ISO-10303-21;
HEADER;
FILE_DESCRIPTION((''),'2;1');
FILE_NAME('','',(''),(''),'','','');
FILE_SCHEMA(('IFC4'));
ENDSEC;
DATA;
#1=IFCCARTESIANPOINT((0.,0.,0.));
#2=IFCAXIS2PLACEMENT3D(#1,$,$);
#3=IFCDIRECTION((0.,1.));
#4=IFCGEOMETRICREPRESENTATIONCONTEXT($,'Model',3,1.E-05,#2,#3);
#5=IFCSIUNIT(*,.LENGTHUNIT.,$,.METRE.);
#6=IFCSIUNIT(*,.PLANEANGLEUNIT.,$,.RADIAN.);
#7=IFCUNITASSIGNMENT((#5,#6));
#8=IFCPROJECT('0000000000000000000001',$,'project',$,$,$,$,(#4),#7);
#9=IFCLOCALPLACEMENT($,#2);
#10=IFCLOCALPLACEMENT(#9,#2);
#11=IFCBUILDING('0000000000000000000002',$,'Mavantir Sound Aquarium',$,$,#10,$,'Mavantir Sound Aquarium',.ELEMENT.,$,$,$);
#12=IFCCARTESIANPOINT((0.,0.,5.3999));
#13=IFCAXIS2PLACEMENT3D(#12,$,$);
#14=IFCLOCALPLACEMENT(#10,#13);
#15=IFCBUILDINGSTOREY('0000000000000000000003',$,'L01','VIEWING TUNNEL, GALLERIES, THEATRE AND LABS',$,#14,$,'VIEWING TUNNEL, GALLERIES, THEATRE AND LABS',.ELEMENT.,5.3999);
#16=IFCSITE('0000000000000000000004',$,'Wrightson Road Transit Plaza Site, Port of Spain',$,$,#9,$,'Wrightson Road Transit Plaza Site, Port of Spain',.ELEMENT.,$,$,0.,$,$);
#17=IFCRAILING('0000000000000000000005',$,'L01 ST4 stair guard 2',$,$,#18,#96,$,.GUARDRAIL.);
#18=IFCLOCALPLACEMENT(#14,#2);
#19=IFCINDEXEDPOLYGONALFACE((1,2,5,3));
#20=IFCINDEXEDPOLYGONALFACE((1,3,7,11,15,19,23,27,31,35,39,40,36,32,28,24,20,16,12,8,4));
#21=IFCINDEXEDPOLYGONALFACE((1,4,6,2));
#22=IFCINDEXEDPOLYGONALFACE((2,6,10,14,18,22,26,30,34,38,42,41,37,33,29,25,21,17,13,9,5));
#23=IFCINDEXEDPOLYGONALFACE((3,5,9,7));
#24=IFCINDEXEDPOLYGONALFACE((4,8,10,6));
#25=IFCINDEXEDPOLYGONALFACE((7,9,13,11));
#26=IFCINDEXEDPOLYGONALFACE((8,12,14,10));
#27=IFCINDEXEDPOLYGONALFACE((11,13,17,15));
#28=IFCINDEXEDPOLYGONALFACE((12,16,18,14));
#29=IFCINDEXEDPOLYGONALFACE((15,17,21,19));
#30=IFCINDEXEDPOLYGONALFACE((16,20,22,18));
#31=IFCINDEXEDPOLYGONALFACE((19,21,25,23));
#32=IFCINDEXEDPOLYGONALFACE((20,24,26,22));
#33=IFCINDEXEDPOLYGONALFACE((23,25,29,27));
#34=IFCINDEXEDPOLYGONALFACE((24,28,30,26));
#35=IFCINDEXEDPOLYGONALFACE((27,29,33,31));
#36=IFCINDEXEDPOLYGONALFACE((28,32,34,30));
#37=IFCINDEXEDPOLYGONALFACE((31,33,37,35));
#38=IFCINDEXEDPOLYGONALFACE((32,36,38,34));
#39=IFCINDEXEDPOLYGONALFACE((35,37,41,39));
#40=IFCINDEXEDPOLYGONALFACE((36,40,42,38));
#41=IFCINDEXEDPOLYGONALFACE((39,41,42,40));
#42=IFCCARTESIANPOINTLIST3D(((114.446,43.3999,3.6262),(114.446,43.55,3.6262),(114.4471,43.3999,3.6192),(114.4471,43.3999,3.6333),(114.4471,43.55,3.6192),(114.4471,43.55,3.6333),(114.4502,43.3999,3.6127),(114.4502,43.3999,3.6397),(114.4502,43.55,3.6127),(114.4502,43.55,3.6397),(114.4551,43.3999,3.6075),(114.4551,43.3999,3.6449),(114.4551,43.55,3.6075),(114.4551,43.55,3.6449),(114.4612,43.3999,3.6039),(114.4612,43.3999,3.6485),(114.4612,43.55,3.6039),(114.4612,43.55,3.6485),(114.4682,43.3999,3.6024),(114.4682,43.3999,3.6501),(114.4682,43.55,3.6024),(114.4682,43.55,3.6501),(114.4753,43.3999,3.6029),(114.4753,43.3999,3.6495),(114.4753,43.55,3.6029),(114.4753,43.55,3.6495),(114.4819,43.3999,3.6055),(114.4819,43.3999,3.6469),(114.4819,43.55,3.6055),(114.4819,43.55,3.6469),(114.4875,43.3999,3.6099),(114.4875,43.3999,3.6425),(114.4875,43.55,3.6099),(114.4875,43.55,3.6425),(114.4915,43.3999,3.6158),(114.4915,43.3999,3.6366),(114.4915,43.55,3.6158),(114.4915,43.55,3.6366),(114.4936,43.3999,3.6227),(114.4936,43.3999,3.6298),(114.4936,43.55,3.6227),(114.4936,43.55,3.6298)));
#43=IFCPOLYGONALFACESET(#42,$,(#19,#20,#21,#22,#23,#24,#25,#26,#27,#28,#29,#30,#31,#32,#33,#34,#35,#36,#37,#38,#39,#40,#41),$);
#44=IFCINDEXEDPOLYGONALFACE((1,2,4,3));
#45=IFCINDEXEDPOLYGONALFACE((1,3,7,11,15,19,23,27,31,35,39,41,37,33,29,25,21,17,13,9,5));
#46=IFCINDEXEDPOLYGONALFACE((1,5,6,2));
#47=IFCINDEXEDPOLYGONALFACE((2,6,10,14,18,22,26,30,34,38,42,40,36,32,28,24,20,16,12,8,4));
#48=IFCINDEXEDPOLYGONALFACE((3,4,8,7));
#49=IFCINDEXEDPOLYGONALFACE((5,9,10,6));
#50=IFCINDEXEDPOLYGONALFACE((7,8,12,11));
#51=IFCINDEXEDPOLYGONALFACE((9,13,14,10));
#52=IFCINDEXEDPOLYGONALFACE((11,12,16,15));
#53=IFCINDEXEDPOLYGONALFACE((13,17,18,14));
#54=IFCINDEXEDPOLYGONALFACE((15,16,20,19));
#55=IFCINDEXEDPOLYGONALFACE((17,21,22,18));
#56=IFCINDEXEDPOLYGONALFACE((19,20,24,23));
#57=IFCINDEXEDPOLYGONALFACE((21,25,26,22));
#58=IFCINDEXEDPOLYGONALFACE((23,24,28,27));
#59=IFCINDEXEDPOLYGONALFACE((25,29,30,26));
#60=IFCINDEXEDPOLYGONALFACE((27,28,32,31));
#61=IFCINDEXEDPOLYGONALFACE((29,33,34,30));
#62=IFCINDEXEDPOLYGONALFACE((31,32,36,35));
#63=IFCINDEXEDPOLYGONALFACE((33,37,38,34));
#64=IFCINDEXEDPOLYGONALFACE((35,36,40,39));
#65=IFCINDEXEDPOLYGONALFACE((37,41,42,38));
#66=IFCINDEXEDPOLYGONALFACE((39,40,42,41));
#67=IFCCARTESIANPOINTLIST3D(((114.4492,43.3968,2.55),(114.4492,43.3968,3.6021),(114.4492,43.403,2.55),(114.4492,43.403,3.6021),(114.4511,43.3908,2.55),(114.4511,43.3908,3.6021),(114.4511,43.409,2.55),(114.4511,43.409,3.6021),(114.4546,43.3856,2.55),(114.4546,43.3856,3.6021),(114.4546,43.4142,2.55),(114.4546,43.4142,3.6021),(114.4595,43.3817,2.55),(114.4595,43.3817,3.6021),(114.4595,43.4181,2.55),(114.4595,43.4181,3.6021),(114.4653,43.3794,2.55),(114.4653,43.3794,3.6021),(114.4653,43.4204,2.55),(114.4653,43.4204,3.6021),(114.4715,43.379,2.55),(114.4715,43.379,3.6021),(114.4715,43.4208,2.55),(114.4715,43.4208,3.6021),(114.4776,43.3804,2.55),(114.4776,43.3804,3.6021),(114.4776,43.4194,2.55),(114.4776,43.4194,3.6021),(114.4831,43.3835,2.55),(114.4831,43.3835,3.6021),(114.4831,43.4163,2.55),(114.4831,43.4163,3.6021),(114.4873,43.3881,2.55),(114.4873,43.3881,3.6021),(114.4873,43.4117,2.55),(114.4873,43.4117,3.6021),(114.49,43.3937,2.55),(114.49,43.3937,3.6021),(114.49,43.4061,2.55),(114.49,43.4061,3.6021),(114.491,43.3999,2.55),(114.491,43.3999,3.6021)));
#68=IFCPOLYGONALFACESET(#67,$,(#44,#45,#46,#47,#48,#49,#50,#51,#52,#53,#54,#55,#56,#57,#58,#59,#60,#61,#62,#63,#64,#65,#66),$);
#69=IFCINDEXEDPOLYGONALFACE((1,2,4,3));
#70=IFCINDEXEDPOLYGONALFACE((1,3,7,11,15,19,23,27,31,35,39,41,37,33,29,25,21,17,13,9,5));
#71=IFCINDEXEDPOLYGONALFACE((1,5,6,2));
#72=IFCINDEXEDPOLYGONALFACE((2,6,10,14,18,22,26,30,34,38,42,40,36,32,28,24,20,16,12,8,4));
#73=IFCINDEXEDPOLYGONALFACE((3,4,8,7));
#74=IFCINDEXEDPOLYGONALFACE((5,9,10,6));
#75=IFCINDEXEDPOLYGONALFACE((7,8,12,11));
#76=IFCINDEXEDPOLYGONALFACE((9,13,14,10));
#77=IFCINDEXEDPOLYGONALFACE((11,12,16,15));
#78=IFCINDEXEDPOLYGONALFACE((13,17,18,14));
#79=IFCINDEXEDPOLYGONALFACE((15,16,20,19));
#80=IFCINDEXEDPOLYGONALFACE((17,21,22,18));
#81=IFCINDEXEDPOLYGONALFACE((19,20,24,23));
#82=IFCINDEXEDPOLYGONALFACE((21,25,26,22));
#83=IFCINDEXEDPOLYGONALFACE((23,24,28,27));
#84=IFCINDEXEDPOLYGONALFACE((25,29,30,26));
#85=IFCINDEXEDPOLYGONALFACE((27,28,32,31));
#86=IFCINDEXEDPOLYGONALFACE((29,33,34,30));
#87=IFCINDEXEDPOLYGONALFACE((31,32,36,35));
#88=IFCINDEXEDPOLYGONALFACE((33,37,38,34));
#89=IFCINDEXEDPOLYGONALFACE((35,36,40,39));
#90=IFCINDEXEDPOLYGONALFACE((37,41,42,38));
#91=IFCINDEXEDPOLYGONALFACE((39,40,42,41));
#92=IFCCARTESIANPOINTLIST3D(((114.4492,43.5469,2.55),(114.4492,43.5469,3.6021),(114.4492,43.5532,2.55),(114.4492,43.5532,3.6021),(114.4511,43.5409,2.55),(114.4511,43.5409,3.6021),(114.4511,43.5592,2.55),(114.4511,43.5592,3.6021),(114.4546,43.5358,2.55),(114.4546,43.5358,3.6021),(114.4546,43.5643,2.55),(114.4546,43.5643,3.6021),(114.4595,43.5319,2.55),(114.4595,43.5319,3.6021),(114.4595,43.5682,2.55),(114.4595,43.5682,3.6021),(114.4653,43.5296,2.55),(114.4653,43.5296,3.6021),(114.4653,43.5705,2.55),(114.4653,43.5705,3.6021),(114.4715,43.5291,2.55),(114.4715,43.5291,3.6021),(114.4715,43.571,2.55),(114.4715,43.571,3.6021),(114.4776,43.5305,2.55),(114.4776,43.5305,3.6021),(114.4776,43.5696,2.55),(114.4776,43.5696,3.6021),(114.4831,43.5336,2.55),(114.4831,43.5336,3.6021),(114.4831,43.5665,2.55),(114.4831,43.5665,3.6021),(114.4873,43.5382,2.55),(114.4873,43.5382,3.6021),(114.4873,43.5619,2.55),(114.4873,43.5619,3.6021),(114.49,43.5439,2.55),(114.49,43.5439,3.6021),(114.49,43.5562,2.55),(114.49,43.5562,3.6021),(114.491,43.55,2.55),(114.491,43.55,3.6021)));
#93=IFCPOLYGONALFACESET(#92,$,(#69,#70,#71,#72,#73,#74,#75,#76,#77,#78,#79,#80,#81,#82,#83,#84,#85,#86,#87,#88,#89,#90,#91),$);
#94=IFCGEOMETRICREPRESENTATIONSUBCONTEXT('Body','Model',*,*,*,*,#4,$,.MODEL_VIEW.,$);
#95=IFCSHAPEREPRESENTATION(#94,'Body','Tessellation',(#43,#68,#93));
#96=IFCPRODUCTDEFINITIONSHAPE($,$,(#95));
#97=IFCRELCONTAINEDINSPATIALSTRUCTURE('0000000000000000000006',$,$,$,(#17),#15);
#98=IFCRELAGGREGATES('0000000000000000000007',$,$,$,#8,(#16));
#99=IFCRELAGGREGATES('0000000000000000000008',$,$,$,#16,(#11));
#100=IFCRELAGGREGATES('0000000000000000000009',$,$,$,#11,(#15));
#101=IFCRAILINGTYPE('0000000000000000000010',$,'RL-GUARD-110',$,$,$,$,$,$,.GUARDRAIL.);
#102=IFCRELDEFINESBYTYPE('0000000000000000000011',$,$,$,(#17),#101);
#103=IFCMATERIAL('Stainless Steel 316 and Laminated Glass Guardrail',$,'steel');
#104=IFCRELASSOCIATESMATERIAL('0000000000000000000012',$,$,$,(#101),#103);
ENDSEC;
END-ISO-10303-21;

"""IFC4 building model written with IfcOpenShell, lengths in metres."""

from ifc_helpers import new_model, si_unit, direction, frame, origin, origin_2d, place, context, subcontext, project, spatial, circle, extrude, material, type_object, element, save


model = new_model("IFC4")

# Units and contexts
model_context = context("Model", 3, precision=1e-05, world=origin(), true_north=direction((0.0, 1.0)))
body_context = subcontext(model_context, "Body", "Model", "MODEL_VIEW")
ifc_project = project(units=[si_unit("LENGTHUNIT", "METRE"), si_unit("PLANEANGLEUNIT", "RADIAN")], contexts=[model_context])

# Site, building, storey
site_placement = place(None, origin())
site = spatial("IfcSite", under=ifc_project, at=site_placement, Name="Wrightson Road Transit Plaza Site, Port of Spain", LongName="Wrightson Road Transit Plaza Site, Port of Spain", CompositionType="ELEMENT", RefElevation=0.0)
building_placement = place(site_placement, origin())
building = spatial("IfcBuilding", under=site, at=building_placement, Name="Mavantir Sound Aquarium", LongName="Mavantir Sound Aquarium", CompositionType="ELEMENT")
storey_placement = place(building_placement, frame((0.0, 0.0, 5.3999)))
storey = spatial("IfcBuildingStorey", under=building, at=storey_placement, Name="L01", Description="VIEWING TUNNEL, GALLERIES, THEATRE AND LABS", LongName="VIEWING TUNNEL, GALLERIES, THEATRE AND LABS", CompositionType="ELEMENT", Elevation=5.3999)

# Railing
ifc_material_1 = material(Name="Stainless Steel 316 and Laminated Glass Guardrail", Category="steel")
railing_type_1 = type_object("IfcRailingType", Name="RL-GUARD-110", PredefinedType="GUARDRAIL", material=ifc_material_1)
railing_1_placement = place(storey_placement, frame((114.47, 43.3999, 2.55)))
element("IfcRailing", 1, at=railing_1_placement, inside=storey, type_object=railing_type_1, Name="L01 ST4 stair guard 2", PredefinedType="GUARDRAIL", context=body_context, shape_type="SweptSolid", body=[
    extrude(circle(Radius=0.0239, at=origin_2d()), frame((0.0, 0.0, 1.0762), z_axis=(0.0, 1.0, 0.0), x_axis=(-1.0, 0.0, 0.0)), (0.0, 0.0, 1.0), 0.1501),
    extrude(circle(Radius=0.021, at=origin_2d()), origin(), (0.0, 0.0, 1.0), 1.052),
    extrude(circle(Radius=0.021, at=origin_2d()), frame((0.0, 0.1501, 0.0)), (0.0, 0.0, 1.0), 1.052),
])

save(model, "model.ifc")
